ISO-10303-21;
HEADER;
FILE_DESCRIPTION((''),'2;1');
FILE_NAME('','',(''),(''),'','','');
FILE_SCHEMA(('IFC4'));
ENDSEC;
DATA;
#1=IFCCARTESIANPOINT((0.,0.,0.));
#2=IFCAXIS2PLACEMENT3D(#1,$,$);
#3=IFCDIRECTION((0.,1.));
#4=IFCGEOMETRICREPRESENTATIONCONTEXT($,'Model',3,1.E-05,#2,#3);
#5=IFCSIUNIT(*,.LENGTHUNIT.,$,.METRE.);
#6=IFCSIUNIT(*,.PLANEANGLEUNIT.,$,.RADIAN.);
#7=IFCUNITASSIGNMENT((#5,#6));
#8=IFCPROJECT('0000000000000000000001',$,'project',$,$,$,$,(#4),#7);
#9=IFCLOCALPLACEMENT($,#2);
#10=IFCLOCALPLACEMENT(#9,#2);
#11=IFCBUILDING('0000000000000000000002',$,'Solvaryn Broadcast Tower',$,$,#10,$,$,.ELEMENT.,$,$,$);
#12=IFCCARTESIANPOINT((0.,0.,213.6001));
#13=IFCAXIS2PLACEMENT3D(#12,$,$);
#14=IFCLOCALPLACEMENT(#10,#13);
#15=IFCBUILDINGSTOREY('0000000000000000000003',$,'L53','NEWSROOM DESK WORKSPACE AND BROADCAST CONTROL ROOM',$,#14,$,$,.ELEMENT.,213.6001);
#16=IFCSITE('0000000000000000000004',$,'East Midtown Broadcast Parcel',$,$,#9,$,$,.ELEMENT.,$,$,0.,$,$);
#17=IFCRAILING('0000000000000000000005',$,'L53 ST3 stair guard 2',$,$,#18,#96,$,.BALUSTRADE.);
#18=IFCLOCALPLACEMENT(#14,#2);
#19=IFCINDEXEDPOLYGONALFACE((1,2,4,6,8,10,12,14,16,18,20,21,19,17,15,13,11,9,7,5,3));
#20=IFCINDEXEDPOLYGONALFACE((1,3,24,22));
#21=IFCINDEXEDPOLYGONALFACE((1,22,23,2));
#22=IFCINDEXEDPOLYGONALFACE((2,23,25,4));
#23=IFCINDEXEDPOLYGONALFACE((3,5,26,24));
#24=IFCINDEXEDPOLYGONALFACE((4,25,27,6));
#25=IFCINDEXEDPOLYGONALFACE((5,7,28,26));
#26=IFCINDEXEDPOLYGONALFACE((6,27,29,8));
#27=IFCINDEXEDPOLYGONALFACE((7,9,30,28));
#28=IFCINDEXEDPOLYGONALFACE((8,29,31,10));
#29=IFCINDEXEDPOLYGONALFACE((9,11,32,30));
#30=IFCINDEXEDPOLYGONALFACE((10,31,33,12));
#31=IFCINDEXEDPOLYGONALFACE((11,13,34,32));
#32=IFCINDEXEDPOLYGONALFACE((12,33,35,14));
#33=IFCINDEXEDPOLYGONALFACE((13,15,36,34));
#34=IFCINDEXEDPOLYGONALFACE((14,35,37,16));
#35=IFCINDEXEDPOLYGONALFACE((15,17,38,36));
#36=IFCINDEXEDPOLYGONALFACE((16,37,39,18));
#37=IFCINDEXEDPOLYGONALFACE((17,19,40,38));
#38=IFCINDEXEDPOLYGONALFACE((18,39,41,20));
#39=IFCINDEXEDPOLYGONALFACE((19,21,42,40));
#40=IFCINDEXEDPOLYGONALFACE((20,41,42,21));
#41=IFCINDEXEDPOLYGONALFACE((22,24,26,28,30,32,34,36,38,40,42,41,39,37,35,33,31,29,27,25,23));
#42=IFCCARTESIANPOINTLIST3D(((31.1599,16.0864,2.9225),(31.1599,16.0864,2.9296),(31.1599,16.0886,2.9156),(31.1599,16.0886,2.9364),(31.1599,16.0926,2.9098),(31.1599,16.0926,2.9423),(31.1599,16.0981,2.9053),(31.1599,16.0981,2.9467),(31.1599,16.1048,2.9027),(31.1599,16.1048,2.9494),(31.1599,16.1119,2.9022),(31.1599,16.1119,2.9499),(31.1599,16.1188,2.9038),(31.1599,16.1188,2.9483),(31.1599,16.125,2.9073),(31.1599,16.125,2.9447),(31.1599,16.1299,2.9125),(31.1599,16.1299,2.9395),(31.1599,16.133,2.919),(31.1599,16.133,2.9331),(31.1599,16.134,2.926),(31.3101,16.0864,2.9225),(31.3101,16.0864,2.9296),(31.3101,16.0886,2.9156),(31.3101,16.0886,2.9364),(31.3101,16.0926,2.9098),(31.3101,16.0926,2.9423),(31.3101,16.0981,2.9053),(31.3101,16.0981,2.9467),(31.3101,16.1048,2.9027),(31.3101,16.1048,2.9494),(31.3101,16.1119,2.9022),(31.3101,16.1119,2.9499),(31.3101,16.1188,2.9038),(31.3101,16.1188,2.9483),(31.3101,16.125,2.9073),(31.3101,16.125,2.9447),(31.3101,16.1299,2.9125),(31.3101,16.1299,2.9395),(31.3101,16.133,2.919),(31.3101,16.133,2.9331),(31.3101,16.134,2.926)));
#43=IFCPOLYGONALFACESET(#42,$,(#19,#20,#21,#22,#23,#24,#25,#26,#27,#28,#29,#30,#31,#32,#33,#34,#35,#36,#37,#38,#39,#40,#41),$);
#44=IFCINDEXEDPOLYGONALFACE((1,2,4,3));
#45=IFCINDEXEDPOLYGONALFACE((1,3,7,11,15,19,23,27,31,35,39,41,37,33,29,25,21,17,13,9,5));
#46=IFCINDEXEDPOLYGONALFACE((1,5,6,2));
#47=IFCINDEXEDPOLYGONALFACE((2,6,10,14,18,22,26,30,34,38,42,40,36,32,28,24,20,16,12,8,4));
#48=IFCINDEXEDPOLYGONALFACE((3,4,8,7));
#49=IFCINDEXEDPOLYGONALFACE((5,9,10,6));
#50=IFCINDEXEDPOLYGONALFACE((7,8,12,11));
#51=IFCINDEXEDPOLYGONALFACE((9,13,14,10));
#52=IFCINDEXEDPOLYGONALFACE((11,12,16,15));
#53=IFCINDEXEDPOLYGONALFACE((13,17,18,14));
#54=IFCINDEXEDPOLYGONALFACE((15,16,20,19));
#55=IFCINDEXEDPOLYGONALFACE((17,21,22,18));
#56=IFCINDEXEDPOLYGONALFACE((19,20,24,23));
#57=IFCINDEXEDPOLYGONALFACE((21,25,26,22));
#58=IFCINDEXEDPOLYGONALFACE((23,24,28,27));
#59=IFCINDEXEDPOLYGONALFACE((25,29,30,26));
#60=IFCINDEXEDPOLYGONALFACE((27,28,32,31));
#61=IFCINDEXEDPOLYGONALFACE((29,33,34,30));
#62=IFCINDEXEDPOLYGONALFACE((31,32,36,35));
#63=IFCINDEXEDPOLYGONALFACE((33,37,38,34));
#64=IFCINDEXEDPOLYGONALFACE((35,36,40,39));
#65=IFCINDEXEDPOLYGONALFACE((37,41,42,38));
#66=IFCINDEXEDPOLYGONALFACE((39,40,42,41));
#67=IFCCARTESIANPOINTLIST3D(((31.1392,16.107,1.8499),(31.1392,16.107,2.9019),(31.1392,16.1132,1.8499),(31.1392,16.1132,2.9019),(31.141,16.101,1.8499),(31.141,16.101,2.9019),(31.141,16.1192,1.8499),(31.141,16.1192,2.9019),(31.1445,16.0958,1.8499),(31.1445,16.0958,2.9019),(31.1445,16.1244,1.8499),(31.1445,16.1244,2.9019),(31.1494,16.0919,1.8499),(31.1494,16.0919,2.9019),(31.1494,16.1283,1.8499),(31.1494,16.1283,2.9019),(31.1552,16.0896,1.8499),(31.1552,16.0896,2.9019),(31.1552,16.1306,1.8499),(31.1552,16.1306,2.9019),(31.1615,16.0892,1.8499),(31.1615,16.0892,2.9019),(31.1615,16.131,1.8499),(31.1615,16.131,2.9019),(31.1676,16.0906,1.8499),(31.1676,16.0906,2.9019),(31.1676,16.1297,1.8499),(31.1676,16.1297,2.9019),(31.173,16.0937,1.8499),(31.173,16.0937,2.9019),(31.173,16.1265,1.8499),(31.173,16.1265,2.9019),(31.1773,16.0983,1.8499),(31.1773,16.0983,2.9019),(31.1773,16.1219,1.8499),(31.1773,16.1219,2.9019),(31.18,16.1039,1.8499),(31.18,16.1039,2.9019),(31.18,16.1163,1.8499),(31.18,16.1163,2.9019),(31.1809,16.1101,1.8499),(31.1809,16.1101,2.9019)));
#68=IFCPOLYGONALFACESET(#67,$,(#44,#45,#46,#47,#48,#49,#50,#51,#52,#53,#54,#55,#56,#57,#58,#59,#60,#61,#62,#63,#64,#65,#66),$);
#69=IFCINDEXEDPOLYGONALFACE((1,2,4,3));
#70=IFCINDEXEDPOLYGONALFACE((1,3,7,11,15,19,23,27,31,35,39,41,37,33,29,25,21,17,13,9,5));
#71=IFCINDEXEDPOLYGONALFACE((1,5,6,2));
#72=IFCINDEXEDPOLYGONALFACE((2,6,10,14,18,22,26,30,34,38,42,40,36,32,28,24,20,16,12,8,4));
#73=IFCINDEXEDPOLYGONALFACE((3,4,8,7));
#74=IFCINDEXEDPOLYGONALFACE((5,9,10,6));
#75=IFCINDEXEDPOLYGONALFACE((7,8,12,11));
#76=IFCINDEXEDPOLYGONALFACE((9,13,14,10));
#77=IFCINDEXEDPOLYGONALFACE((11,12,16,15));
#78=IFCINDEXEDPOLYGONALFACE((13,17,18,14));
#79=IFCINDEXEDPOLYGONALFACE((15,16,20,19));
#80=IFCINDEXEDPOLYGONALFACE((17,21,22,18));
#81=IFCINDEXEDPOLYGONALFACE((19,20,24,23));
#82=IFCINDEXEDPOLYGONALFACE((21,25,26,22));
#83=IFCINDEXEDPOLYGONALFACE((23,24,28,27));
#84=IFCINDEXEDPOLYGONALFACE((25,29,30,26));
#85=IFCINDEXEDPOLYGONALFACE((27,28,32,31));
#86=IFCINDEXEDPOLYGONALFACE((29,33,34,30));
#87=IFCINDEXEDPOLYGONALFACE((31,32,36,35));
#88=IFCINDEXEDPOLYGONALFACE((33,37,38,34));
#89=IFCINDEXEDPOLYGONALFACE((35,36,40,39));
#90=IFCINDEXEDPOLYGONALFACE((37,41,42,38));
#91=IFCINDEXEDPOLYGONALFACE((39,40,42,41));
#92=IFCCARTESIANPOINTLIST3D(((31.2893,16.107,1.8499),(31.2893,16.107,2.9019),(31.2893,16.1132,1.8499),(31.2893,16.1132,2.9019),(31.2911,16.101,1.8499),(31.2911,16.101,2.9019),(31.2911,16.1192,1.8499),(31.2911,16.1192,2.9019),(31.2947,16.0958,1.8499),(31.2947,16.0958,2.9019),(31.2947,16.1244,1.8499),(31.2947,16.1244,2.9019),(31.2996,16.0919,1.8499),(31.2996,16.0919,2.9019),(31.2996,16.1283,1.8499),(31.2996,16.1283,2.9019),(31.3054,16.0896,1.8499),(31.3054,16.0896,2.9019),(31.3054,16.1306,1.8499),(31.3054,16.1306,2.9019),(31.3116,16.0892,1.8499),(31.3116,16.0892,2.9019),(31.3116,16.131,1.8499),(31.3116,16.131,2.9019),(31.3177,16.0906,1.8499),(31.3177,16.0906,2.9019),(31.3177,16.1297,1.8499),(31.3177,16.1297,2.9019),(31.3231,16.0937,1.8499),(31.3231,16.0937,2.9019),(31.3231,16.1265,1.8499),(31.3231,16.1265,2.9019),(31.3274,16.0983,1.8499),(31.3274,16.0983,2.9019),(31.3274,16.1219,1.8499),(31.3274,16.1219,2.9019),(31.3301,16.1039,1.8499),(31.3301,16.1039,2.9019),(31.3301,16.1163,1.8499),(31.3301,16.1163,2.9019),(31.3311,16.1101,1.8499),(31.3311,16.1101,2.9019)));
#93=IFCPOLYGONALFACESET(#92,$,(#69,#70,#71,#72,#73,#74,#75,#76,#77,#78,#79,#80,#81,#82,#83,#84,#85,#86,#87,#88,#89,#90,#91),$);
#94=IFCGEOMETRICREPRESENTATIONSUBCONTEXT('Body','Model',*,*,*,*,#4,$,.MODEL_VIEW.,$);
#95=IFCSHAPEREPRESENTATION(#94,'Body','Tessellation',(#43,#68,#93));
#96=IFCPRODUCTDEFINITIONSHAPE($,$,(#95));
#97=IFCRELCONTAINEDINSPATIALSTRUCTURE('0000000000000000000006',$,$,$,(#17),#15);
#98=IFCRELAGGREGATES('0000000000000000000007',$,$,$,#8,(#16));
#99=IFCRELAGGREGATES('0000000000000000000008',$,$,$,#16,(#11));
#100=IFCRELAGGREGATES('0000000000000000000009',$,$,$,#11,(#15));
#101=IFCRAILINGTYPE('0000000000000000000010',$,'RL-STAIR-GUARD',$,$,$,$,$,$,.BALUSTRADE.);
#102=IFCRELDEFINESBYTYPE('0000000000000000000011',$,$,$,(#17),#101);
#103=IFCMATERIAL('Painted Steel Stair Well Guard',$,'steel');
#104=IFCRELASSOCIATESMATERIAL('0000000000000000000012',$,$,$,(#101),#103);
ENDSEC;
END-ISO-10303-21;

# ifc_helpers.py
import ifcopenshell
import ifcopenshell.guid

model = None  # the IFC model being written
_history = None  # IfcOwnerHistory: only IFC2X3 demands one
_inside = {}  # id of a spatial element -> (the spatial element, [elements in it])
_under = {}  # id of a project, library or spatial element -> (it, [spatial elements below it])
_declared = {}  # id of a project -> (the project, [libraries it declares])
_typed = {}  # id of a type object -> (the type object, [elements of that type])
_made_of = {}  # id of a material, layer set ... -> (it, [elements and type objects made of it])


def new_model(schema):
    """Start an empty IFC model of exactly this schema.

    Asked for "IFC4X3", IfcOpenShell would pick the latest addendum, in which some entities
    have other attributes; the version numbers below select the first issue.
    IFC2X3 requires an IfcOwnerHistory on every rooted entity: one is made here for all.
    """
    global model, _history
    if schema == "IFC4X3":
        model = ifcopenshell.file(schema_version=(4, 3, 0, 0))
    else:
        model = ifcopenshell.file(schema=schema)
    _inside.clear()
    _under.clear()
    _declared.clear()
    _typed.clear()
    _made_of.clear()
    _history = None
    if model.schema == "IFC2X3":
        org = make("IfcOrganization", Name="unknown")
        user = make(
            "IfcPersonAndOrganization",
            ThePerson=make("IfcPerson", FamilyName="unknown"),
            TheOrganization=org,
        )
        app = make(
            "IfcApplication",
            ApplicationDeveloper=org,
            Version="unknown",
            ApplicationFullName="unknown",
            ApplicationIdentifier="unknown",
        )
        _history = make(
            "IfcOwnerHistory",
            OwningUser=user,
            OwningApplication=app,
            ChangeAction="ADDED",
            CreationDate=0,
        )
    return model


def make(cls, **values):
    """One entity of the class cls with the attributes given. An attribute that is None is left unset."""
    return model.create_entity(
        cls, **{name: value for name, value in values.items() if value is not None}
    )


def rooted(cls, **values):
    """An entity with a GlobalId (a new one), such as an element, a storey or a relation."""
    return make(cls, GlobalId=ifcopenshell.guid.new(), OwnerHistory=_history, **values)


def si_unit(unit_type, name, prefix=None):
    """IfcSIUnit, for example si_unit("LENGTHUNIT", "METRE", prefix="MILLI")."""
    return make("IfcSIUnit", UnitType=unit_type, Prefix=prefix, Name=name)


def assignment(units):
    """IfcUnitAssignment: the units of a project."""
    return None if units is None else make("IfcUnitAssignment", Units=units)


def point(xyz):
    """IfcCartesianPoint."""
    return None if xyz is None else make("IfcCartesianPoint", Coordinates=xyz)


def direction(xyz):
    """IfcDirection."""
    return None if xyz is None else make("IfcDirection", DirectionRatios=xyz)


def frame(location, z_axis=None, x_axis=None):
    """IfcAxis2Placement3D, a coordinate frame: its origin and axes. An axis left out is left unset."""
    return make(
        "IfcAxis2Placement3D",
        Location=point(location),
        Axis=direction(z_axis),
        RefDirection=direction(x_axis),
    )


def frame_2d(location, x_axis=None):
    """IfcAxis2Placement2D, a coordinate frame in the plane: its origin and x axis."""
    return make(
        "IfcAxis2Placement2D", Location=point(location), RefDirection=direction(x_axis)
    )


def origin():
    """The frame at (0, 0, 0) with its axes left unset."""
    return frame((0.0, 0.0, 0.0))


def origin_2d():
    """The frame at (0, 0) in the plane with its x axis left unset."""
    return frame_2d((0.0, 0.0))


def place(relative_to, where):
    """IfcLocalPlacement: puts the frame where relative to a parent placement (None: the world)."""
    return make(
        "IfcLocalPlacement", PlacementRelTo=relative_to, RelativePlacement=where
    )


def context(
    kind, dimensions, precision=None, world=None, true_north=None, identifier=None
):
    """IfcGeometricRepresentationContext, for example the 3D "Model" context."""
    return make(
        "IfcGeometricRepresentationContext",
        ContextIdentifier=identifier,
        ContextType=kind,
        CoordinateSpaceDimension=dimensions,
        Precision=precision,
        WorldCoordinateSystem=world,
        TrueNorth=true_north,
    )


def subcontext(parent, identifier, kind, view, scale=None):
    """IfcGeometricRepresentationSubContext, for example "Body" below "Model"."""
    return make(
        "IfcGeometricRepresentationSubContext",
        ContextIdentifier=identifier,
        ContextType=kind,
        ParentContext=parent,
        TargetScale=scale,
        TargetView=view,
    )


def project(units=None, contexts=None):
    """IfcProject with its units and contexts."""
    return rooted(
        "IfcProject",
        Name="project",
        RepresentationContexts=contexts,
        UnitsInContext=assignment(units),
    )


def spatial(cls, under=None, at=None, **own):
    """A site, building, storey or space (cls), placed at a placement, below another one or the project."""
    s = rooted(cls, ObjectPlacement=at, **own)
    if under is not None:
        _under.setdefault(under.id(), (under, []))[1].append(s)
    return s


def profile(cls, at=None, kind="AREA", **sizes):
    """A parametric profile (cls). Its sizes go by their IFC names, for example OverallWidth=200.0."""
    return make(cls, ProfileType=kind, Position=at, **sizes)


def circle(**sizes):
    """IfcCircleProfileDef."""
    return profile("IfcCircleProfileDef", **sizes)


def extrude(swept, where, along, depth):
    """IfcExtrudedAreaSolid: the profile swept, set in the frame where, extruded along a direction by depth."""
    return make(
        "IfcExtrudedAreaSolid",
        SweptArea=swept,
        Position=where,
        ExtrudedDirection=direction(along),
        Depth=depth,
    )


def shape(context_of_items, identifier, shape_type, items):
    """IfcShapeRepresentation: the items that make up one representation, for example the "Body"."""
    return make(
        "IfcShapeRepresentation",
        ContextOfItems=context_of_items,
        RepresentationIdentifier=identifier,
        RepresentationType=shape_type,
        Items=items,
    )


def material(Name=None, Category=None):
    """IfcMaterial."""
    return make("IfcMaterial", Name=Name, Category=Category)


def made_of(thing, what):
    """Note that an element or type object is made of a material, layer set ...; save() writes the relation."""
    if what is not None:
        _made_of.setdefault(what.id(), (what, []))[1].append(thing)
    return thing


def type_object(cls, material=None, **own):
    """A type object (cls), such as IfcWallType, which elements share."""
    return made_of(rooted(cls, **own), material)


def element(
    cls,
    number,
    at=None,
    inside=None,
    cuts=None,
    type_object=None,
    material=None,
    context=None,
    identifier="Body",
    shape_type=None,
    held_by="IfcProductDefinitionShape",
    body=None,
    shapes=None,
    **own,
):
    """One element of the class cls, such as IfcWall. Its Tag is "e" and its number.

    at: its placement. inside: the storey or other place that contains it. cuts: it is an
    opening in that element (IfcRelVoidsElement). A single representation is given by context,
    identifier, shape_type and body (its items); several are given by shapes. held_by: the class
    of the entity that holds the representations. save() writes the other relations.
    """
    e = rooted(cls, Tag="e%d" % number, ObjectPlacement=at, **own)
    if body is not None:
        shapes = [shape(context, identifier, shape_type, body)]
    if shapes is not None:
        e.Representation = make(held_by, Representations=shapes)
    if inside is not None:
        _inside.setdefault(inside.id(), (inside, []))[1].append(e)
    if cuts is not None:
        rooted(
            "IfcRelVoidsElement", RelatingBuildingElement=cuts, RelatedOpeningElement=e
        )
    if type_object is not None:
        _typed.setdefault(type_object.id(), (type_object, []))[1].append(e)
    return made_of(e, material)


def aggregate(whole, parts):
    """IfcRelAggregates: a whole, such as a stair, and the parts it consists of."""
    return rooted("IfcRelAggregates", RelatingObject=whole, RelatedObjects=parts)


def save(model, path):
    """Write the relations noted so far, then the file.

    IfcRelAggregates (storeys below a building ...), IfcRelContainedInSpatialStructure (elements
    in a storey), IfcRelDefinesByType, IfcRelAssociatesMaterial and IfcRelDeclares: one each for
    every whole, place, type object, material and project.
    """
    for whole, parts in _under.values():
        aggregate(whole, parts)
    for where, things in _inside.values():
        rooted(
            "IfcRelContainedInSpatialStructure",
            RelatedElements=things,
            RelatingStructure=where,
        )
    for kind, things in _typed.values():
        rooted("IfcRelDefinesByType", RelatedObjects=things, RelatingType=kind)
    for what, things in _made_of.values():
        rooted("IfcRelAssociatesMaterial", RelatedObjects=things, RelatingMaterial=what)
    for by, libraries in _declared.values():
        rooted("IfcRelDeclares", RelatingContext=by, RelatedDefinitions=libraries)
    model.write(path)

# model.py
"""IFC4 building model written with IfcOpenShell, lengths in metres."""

from ifc_helpers import new_model, si_unit, direction, frame, origin, origin_2d, place, context, subcontext, project, spatial, circle, extrude, material, type_object, element, save


model = new_model("IFC4")

# Units and contexts
model_context = context("Model", 3, precision=1e-05, world=origin(), true_north=direction((0.0, 1.0)))
body_context = subcontext(model_context, "Body", "Model", "MODEL_VIEW")
ifc_project = project(units=[si_unit("LENGTHUNIT", "METRE"), si_unit("PLANEANGLEUNIT", "RADIAN")], contexts=[model_context])

# Site, building, storey
site_placement = place(None, origin())
site = spatial("IfcSite", under=ifc_project, at=site_placement, Name="East Midtown Broadcast Parcel", CompositionType="ELEMENT", RefElevation=0.0)
building_placement = place(site_placement, origin())
building = spatial("IfcBuilding", under=site, at=building_placement, Name="Solvaryn Broadcast Tower", CompositionType="ELEMENT")
storey_placement = place(building_placement, frame((0.0, 0.0, 213.6001)))
storey = spatial("IfcBuildingStorey", under=building, at=storey_placement, Name="L53", Description="NEWSROOM DESK WORKSPACE AND BROADCAST CONTROL ROOM", CompositionType="ELEMENT", Elevation=213.6001)

# Railing
ifc_material_1 = material(Name="Painted Steel Stair Well Guard", Category="steel")
railing_type_1 = type_object("IfcRailingType", Name="RL-STAIR-GUARD", PredefinedType="BALUSTRADE", material=ifc_material_1)
railing_1_placement = place(storey_placement, frame((31.1599, 16.1101, 1.8499)))
element("IfcRailing", 1, at=railing_1_placement, inside=storey, type_object=railing_type_1, Name="L53 ST3 stair guard 2", PredefinedType="BALUSTRADE", context=body_context, shape_type="SweptSolid", body=[
    extrude(circle(Radius=0.0239, at=origin_2d()), frame((0.0, 0.0, 1.0762), z_axis=(1.0, 0.0, 0.0), x_axis=(0.0, 1.0, 0.0)), (0.0, 0.0, 1.0), 0.1501),
    extrude(circle(Radius=0.021, at=origin_2d()), origin(), (0.0, 0.0, 1.0), 1.052),
    extrude(circle(Radius=0.021, at=origin_2d()), frame((0.1501, 0.0, 0.0)), (0.0, 0.0, 1.0), 1.052),
])

save(model, "model.ifc")
